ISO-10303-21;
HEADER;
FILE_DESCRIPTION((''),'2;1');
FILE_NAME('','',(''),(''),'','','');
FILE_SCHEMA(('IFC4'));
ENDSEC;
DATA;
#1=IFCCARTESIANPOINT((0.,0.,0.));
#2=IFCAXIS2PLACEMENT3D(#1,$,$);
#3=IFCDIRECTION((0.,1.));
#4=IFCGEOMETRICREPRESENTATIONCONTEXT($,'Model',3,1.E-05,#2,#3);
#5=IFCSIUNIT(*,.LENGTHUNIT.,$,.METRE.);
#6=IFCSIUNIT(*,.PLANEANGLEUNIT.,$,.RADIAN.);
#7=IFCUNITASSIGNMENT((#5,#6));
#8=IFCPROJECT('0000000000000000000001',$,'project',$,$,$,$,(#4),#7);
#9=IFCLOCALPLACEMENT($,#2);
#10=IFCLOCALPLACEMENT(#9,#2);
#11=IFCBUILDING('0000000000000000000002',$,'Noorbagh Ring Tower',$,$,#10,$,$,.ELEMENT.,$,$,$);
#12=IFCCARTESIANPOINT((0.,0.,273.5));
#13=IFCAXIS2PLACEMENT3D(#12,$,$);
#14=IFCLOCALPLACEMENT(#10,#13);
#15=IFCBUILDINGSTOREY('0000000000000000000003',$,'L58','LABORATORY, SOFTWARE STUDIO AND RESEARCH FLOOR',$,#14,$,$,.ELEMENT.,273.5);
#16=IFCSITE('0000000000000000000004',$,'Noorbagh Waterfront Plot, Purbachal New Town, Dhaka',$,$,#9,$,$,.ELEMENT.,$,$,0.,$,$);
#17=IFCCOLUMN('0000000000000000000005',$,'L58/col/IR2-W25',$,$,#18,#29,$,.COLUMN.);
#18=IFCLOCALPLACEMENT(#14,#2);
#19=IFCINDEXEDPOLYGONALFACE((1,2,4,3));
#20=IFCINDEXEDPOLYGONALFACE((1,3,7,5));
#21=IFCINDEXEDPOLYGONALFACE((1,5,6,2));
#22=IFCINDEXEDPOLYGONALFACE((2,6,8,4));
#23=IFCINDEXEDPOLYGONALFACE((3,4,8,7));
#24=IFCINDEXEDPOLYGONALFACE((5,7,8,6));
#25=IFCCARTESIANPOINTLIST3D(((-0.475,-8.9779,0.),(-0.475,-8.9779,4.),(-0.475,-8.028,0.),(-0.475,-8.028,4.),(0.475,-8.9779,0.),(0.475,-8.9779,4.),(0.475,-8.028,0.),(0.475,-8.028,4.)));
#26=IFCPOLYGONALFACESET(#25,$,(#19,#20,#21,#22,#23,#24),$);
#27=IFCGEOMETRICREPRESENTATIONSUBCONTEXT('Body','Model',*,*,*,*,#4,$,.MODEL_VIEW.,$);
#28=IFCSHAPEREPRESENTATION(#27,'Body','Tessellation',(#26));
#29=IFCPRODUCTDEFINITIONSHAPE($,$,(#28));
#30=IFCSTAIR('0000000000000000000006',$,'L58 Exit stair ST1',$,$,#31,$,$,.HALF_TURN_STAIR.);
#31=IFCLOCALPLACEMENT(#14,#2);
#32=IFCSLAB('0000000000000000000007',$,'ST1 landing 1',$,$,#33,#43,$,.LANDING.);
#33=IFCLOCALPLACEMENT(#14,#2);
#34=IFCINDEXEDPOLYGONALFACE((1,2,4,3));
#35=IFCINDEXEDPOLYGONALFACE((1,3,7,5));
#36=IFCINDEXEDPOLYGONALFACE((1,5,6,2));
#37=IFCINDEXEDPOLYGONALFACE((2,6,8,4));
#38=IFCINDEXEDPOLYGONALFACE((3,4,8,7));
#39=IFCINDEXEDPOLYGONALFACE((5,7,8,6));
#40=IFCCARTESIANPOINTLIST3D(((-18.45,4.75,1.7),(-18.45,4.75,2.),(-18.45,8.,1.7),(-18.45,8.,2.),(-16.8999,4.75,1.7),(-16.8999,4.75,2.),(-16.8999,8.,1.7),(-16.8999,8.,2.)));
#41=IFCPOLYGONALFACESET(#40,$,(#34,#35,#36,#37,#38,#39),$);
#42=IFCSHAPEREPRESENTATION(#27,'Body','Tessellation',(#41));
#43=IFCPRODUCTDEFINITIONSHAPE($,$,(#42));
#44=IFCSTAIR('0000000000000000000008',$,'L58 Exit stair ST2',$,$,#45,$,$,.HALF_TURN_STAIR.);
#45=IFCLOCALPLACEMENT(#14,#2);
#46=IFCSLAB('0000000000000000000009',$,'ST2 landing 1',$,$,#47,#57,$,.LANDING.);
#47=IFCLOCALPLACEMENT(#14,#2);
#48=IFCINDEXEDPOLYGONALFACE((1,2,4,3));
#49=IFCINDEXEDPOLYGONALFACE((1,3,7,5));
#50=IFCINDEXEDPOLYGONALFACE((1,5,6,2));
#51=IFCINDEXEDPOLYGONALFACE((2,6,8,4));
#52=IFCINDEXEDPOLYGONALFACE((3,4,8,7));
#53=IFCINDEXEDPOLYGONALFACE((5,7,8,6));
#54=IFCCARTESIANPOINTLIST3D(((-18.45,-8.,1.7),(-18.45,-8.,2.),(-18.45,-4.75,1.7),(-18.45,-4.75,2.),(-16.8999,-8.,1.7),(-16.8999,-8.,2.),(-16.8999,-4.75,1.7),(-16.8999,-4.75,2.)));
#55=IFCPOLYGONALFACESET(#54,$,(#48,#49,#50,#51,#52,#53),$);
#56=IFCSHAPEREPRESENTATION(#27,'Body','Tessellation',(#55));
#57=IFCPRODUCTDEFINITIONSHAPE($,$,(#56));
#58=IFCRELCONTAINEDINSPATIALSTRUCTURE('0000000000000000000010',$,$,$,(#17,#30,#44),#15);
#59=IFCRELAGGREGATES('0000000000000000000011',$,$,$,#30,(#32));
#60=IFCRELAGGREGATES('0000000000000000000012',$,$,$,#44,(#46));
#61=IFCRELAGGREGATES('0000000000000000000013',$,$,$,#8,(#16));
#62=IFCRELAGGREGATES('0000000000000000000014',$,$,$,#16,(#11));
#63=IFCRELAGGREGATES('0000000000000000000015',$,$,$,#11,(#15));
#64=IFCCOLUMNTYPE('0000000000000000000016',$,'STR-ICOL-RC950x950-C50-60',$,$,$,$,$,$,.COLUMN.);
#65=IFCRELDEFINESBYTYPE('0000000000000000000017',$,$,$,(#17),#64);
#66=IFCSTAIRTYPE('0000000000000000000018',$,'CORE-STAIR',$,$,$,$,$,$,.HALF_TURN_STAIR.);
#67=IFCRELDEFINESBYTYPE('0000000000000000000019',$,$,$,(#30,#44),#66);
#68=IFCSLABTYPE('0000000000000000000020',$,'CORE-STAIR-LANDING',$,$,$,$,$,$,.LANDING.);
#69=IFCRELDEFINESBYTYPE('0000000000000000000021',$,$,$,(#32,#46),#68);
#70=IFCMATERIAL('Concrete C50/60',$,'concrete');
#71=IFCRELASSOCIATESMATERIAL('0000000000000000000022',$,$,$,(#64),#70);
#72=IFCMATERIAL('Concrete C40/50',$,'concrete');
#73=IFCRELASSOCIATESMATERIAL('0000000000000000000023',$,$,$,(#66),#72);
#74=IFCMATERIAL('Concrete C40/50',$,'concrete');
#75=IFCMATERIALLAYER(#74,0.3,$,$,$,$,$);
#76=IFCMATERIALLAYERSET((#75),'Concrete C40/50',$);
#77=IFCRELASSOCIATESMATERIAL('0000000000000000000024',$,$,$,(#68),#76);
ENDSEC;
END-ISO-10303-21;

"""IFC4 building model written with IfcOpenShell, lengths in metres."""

from ifc_helpers import new_model, si_unit, direction, frame, origin, origin_2d, place, context, subcontext, project, spatial, polyline, rectangle, outline, extrude, material, layer, layer_set, material_profile, profile_set, type_object, element, aggregate, save


model = new_model("IFC4")

# Units and contexts
model_context = context("Model", 3, precision=1e-05, world=origin(), true_north=direction((0.0, 1.0)))
body_context = subcontext(model_context, "Body", "Model", "MODEL_VIEW")
ifc_project = project(units=[si_unit("LENGTHUNIT", "METRE"), si_unit("PLANEANGLEUNIT", "RADIAN")], contexts=[model_context])

# Site, building, storey
site_placement = place(None, origin())
site = spatial("IfcSite", under=ifc_project, at=site_placement, Name="Noorbagh Waterfront Plot, Purbachal New Town, Dhaka", CompositionType="ELEMENT", RefElevation=0.0)
building_placement = place(site_placement, origin())
building = spatial("IfcBuilding", under=site, at=building_placement, Name="Noorbagh Ring Tower", CompositionType="ELEMENT")
storey_placement = place(building_placement, frame((0.0, 0.0, 273.5)))
storey = spatial("IfcBuildingStorey", under=building, at=storey_placement, Name="L58", Description="LABORATORY, SOFTWARE STUDIO AND RESEARCH FLOOR", CompositionType="ELEMENT", Elevation=273.5)

# Column
ifc_material_1 = material(Name="Concrete C50/60", Category="concrete")
ifc_material_profile = material_profile(ifc_material_1, rectangle(XDim=0.95, YDim=0.95, at=origin_2d()), Name="RC950x950")
ifc_profile_set = profile_set([ifc_material_profile], Name="Concrete C50/60")
column_type = type_object("IfcColumnType", Name="STR-ICOL-RC950x950-C50-60", PredefinedType="COLUMN", material=ifc_profile_set)
column_placement = place(storey_placement, frame((0.0, -8.5029, 0.0), z_axis=(0.0, 0.0, 1.0), x_axis=(1.0, 0.0, 0.0)))
element("IfcColumn", 1, at=column_placement, inside=storey, type_object=column_type, Name="L58/col/IR2-W25", PredefinedType="COLUMN", context=body_context, shape_type="SweptSolid", body=[
    extrude(rectangle(XDim=0.95, YDim=0.95, at=origin_2d()), origin(), (0.0, 0.0, 1.0), 4.0),
])

# Stairs, slabs
ifc_material_2 = material(Name="Concrete C40/50", Category="concrete")
stair_type = type_object("IfcStairType", Name="CORE-STAIR", PredefinedType="HALF_TURN_STAIR", material=ifc_material_2)
stair_1_placement = place(storey_placement, origin())
stair_1 = element("IfcStair", 2, at=stair_1_placement, inside=storey, type_object=stair_type, Name="L58 Exit stair ST1", PredefinedType="HALF_TURN_STAIR")
ifc_material_3 = material(Name="Concrete C40/50", Category="concrete")
ifc_layer_1 = layer(ifc_material_3, 0.3)
ifc_layer_set_1 = layer_set([ifc_layer_1], Name="Concrete C40/50")
slab_type_1 = type_object("IfcSlabType", Name="CORE-STAIR-LANDING", PredefinedType="LANDING", material=ifc_layer_set_1)
slab_1_placement = place(storey_placement, frame((0.0, 0.0, 1.7)))
slab_1 = element("IfcSlab", 3, at=slab_1_placement, type_object=slab_type_1, Name="ST1 landing 1", PredefinedType="LANDING", context=body_context, shape_type="SweptSolid", body=[
    extrude(outline(polyline([(-18.45, 4.75), (-16.8999, 4.75), (-16.8999, 8.0), (-18.45, 8.0), (-18.45, 4.75)])), origin(), (0.0, 0.0, 1.0), 0.3),
])
aggregate(stair_1, [slab_1])
stair_2_placement = place(storey_placement, origin())
stair_2 = element("IfcStair", 4, at=stair_2_placement, inside=storey, type_object=stair_type, Name="L58 Exit stair ST2", PredefinedType="HALF_TURN_STAIR")
slab_2_placement = place(storey_placement, frame((0.0, 0.0, 1.7)))
slab_2 = element("IfcSlab", 5, at=slab_2_placement, type_object=slab_type_1, Name="ST2 landing 1", PredefinedType="LANDING", context=body_context, shape_type="SweptSolid", body=[
    extrude(outline(polyline([(-18.45, -8.0), (-16.8999, -8.0), (-16.8999, -4.75), (-18.45, -4.75), (-18.45, -8.0)])), origin(), (0.0, 0.0, 1.0), 0.3),
])
aggregate(stair_2, [slab_2])

save(model, "model.ifc")
